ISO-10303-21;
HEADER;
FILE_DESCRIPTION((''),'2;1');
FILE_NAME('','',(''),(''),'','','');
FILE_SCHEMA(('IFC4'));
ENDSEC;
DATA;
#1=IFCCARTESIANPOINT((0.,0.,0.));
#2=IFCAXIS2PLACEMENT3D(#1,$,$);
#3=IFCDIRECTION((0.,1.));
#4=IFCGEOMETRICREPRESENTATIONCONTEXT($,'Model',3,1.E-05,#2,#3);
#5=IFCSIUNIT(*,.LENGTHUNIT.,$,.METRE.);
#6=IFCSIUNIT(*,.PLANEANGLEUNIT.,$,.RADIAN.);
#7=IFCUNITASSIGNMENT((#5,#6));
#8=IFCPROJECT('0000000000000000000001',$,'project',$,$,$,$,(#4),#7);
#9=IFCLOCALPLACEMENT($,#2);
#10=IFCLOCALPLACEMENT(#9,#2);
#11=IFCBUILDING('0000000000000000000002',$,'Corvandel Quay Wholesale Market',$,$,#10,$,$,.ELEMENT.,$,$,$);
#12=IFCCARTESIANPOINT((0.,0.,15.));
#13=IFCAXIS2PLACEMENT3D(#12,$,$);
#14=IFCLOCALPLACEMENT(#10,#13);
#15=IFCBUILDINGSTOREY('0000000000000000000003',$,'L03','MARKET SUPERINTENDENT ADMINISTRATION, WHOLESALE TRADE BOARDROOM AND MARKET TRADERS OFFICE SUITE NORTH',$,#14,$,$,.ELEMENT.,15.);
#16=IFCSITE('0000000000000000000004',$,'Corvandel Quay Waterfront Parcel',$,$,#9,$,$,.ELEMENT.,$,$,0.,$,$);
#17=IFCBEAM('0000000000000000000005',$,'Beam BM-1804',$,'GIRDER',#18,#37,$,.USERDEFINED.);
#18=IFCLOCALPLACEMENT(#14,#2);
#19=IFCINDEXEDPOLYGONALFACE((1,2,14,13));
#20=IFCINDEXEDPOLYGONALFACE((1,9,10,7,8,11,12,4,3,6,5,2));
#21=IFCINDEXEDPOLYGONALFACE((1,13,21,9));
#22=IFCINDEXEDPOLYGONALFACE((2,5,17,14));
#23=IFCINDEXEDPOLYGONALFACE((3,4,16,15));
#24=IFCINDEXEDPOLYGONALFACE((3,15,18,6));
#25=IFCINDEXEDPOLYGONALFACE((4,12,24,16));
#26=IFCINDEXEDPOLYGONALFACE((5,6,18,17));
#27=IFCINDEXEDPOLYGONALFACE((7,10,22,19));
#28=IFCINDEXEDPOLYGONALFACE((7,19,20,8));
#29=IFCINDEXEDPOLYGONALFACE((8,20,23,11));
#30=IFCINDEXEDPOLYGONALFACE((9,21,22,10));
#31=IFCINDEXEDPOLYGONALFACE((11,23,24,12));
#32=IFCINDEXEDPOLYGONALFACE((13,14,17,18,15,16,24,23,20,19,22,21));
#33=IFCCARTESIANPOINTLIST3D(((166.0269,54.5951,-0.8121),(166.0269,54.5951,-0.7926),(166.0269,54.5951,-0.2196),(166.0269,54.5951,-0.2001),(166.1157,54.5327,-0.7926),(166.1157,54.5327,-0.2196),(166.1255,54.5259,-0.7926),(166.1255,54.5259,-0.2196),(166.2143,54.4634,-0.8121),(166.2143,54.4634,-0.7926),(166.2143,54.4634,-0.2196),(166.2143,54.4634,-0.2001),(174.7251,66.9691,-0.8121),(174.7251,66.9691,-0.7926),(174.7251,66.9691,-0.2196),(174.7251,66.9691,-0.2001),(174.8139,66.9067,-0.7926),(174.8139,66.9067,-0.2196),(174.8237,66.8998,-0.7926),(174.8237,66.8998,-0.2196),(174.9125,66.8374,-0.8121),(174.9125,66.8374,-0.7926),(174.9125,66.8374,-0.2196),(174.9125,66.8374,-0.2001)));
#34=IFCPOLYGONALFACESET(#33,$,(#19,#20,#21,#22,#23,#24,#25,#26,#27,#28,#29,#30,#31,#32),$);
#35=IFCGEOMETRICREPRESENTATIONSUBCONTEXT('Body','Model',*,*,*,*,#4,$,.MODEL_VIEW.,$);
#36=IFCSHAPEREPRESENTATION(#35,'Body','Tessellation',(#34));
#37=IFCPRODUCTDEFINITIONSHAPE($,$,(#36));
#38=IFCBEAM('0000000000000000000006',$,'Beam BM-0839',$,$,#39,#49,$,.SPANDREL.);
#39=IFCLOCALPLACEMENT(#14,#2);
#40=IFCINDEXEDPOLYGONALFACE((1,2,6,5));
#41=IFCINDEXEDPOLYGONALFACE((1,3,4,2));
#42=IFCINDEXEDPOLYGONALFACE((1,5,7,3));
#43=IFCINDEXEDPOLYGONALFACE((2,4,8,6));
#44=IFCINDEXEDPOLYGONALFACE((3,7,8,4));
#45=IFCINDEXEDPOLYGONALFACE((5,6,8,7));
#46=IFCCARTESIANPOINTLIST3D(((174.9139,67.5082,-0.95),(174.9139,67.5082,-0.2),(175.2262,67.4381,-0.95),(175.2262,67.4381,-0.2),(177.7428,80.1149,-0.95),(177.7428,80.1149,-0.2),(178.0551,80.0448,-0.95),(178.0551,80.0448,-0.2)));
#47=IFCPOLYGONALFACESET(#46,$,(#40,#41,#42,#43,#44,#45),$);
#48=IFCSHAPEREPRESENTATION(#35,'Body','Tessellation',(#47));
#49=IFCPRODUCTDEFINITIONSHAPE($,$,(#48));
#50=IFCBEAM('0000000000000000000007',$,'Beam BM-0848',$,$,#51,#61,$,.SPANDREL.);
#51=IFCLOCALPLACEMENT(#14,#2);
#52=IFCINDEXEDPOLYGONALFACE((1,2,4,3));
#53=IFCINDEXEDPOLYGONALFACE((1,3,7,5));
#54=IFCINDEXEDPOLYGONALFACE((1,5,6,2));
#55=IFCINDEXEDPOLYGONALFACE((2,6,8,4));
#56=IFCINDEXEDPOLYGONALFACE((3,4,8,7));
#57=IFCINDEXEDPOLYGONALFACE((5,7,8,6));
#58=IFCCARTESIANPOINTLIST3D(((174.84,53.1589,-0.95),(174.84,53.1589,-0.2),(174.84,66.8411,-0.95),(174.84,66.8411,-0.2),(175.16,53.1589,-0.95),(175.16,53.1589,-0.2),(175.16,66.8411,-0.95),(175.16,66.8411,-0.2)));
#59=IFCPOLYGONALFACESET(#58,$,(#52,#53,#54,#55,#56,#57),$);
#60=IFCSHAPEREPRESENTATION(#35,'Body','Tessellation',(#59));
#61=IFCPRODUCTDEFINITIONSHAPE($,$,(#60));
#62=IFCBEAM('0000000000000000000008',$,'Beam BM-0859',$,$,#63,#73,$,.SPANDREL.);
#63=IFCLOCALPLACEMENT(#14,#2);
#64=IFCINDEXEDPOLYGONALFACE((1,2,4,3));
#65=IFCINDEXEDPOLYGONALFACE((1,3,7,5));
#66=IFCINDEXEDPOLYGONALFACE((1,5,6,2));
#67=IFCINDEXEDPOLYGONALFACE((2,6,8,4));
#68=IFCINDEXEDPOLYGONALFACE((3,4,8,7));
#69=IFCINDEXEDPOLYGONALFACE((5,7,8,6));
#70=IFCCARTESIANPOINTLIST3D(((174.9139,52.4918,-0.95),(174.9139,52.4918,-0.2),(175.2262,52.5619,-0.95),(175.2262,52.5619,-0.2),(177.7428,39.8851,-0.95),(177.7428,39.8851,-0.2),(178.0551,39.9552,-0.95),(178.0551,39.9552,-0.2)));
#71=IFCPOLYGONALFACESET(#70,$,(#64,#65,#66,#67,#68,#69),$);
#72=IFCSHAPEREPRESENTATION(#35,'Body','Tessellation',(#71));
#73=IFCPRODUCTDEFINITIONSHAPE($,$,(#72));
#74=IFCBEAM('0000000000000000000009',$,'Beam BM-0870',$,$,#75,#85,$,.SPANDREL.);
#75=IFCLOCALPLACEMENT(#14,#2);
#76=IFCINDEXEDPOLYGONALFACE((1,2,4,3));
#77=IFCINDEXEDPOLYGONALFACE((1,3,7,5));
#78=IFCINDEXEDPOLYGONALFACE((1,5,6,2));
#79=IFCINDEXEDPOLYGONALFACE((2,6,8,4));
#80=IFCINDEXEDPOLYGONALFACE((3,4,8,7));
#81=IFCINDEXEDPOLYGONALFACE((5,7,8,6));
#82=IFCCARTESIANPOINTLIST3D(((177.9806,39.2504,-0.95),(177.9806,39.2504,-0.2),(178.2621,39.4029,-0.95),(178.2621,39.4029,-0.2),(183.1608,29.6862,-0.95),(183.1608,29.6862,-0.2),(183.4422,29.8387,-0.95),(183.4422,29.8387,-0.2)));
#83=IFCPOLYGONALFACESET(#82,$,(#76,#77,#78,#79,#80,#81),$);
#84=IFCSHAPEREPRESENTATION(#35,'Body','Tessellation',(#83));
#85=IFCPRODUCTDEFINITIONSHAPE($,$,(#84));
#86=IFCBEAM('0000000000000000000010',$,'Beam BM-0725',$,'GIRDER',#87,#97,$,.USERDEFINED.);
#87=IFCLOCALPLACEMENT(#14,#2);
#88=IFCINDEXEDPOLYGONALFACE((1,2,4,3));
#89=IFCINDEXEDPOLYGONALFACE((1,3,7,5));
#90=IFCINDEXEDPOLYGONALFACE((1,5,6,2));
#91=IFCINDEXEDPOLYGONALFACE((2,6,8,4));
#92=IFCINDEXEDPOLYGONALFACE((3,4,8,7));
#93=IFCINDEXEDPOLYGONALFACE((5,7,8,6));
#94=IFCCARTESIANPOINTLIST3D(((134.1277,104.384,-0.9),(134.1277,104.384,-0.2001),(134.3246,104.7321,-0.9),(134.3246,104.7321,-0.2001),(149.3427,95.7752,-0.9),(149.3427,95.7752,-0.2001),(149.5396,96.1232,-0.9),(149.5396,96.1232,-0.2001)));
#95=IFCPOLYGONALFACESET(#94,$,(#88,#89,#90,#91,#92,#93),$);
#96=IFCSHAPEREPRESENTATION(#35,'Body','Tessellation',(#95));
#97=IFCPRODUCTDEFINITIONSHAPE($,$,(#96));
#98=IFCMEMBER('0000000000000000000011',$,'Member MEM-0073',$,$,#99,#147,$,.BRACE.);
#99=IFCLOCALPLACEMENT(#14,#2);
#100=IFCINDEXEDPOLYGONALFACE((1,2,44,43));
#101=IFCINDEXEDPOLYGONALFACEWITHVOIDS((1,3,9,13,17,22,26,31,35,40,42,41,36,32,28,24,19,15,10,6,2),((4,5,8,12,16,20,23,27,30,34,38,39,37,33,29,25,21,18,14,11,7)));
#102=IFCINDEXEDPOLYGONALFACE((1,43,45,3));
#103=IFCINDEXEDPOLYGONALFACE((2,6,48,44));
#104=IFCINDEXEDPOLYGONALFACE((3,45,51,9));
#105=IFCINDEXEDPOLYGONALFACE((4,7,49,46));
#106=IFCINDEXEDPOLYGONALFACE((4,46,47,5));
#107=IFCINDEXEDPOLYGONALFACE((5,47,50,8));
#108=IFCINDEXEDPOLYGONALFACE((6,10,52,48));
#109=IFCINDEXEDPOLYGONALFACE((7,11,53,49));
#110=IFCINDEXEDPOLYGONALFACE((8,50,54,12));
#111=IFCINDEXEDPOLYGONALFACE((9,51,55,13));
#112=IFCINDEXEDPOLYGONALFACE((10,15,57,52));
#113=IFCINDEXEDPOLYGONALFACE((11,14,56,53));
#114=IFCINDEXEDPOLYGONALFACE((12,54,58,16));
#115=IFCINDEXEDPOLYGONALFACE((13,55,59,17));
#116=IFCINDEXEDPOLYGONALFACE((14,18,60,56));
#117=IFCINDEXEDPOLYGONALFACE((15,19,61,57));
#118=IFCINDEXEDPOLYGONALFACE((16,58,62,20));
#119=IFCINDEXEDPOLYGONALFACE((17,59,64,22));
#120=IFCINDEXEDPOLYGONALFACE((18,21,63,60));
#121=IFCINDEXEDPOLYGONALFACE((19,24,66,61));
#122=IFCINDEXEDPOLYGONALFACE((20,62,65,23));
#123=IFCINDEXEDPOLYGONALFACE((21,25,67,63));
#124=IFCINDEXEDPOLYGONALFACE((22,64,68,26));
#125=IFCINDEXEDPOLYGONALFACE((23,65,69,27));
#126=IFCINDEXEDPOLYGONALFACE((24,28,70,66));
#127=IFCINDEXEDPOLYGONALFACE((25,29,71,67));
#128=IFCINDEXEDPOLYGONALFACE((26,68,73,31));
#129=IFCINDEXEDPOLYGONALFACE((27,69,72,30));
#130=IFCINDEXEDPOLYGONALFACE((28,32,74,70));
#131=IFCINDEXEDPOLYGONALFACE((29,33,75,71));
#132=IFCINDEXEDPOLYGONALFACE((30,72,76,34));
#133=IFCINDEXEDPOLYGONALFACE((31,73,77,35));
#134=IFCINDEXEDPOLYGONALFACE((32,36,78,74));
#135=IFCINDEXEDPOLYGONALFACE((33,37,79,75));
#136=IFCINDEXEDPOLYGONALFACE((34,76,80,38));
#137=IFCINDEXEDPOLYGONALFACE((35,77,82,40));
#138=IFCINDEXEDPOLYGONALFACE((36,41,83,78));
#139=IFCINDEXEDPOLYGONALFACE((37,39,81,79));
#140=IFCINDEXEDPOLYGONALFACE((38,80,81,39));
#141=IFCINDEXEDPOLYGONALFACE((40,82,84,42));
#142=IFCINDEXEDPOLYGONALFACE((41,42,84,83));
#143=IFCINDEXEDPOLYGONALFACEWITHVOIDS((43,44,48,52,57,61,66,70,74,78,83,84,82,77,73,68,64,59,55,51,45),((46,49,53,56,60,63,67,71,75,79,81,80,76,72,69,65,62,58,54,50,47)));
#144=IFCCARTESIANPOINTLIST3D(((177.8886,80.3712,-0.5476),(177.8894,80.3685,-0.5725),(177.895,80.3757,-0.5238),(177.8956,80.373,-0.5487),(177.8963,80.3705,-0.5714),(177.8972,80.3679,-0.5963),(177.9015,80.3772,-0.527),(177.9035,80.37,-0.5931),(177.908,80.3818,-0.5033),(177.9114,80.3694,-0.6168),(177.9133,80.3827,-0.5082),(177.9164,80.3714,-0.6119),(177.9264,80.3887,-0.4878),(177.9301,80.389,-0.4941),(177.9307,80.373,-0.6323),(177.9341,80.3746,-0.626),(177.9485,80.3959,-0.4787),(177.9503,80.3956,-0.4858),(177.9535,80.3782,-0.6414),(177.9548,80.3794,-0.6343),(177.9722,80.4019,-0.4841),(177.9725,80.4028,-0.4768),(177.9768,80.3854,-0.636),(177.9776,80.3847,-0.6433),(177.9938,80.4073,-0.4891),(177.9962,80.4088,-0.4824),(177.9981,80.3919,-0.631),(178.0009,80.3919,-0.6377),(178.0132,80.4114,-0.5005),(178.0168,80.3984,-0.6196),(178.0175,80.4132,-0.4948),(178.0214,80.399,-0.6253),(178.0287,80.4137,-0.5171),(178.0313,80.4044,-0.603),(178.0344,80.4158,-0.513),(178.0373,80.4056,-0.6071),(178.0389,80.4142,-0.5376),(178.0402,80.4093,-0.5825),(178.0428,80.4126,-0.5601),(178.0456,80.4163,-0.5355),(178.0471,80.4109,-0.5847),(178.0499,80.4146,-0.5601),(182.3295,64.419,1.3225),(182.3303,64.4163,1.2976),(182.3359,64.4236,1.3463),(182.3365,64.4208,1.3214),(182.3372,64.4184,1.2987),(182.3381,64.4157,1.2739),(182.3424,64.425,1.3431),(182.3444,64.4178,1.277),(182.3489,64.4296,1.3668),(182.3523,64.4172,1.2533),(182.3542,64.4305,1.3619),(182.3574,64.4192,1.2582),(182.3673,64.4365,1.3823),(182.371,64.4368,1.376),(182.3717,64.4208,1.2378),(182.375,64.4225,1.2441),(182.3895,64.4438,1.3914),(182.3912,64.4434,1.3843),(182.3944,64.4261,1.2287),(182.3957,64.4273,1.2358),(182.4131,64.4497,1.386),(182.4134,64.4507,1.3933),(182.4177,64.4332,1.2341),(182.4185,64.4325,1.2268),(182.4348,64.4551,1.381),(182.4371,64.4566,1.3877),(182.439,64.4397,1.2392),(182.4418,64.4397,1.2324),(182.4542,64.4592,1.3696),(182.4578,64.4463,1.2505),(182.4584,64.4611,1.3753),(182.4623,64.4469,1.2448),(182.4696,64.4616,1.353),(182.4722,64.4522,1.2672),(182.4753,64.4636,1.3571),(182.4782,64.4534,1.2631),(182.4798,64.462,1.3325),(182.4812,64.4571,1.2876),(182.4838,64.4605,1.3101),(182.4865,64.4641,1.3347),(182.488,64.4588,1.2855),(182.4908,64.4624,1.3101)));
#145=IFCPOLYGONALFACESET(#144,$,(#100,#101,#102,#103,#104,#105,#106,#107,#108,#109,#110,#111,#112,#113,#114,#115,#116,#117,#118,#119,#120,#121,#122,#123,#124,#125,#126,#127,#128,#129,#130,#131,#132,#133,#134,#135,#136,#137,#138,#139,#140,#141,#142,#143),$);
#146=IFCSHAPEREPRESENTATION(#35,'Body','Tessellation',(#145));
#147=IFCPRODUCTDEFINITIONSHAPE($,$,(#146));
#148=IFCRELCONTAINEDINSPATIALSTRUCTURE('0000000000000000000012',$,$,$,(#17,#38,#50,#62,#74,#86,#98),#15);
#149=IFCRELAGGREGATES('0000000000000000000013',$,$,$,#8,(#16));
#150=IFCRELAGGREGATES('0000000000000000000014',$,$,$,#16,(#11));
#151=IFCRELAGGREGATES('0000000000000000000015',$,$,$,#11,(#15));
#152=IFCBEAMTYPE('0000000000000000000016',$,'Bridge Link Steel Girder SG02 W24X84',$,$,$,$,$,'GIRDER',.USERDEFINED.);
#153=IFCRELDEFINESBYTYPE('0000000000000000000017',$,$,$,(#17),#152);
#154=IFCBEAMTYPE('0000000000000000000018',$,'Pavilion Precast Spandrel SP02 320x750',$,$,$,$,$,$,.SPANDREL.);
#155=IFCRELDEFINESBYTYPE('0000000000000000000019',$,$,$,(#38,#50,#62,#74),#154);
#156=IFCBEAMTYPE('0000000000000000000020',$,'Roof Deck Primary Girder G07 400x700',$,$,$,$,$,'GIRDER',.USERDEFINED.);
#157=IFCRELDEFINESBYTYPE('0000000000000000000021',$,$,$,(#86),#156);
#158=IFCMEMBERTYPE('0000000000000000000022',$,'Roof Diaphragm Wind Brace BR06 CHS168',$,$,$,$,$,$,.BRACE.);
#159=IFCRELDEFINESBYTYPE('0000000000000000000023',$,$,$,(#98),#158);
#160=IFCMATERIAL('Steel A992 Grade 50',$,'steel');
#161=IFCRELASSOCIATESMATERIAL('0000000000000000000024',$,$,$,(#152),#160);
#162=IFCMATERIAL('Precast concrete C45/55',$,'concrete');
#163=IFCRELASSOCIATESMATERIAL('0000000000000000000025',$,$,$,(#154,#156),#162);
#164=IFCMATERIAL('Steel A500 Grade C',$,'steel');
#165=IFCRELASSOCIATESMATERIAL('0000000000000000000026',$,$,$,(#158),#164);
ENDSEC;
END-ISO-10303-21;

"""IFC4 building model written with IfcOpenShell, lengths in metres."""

from ifc_helpers import new_model, si_unit, direction, frame, origin, origin_2d, place, context, subcontext, project, spatial, rectangle, hollow_circle, i_section, extrude, material, material_profile, profile_set, type_object, element, save


model = new_model("IFC4")

# Units and contexts
model_context = context("Model", 3, precision=1e-05, world=origin(), true_north=direction((0.0, 1.0)))
body_context = subcontext(model_context, "Body", "Model", "MODEL_VIEW")
ifc_project = project(units=[si_unit("LENGTHUNIT", "METRE"), si_unit("PLANEANGLEUNIT", "RADIAN")], contexts=[model_context])

# Site, building, storey
site_placement = place(None, origin())
site = spatial("IfcSite", under=ifc_project, at=site_placement, Name="Corvandel Quay Waterfront Parcel", CompositionType="ELEMENT", RefElevation=0.0)
building_placement = place(site_placement, origin())
building = spatial("IfcBuilding", under=site, at=building_placement, Name="Corvandel Quay Wholesale Market", CompositionType="ELEMENT")
storey_placement = place(building_placement, frame((0.0, 0.0, 15.0)))
storey = spatial("IfcBuildingStorey", under=building, at=storey_placement, Name="L03", Description="MARKET SUPERINTENDENT ADMINISTRATION, WHOLESALE TRADE BOARDROOM AND MARKET TRADERS OFFICE SUITE NORTH", CompositionType="ELEMENT", Elevation=15.0)

# Shared definitions
ifc_material_1 = material(Name="Steel A992 Grade 50", Category="steel")

# Beams
ifc_material_2 = material(Name="Precast concrete C45/55", Category="concrete")
ifc_material_profile_1 = material_profile(ifc_material_1, i_section(OverallWidth=0.229, OverallDepth=0.6121, WebThickness=0.012, FlangeThickness=0.0195, at=origin_2d()), Name="W24X84")
ifc_profile_set_1 = profile_set([ifc_material_profile_1], Name="Steel A992 Grade 50")
beam_type_1 = type_object("IfcBeamType", Name="Bridge Link Steel Girder SG02 W24X84", ElementType="GIRDER", PredefinedType="USERDEFINED", material=ifc_profile_set_1)
beam_1_placement = place(storey_placement, frame((166.1206, 54.5293, -0.5061), z_axis=(0.575078, 0.818099, 0.0), x_axis=(-0.818099, 0.575078, 0.0)))
element("IfcBeam", 1, at=beam_1_placement, inside=storey, type_object=beam_type_1, Name="Beam BM-1804", ObjectType="GIRDER", PredefinedType="USERDEFINED", context=body_context, shape_type="SweptSolid", body=[
    extrude(i_section(OverallWidth=0.229, OverallDepth=0.6121, WebThickness=0.012, FlangeThickness=0.0195, at=origin_2d()), origin(), (0.0, 0.0, 1.0), 15.1252),
])
ifc_material_profile_2 = material_profile(ifc_material_2, rectangle(XDim=0.3201, YDim=0.75, at=origin_2d()), Name="PC-SPN-320x750")
ifc_profile_set_2 = profile_set([ifc_material_profile_2], Name="Precast concrete C45/55")
beam_type_2 = type_object("IfcBeamType", Name="Pavilion Precast Spandrel SP02 320x750", PredefinedType="SPANDREL", material=ifc_profile_set_2)
beam_2_placement = place(storey_placement, frame((177.8989, 80.0798, -0.575), z_axis=(-0.218949, -0.975736, 0.0), x_axis=(0.975736, -0.218949, 0.0)))
element("IfcBeam", 2, at=beam_2_placement, inside=storey, type_object=beam_type_2, Name="Beam BM-0839", PredefinedType="SPANDREL", context=body_context, shape_type="SweptSolid", body=[
    extrude(rectangle(XDim=0.3201, YDim=0.75, at=origin_2d()), origin(), (0.0, 0.0, 1.0), 12.9202),
])
beam_3_placement = place(storey_placement, frame((175.0, 66.8411, -0.575), z_axis=(0.0, -1.0, 0.0), x_axis=(1.0, 0.0, 0.0)))
element("IfcBeam", 3, at=beam_3_placement, inside=storey, type_object=beam_type_2, Name="Beam BM-0848", PredefinedType="SPANDREL", context=body_context, shape_type="SweptSolid", body=[
    extrude(rectangle(XDim=0.3201, YDim=0.75, at=origin_2d()), origin(), (0.0, 0.0, 1.0), 13.6821),
])
beam_4_placement = place(storey_placement, frame((175.0701, 52.5269, -0.575), z_axis=(0.218949, -0.975736, 0.0), x_axis=(0.975736, 0.218949, 0.0)))
element("IfcBeam", 4, at=beam_4_placement, inside=storey, type_object=beam_type_2, Name="Beam BM-0859", PredefinedType="SPANDREL", context=body_context, shape_type="SweptSolid", body=[
    extrude(rectangle(XDim=0.3201, YDim=0.75, at=origin_2d()), origin(), (0.0, 0.0, 1.0), 12.9202),
])
beam_5_placement = place(storey_placement, frame((178.1213, 39.3267, -0.575), z_axis=(0.476252, -0.879309, 0.0), x_axis=(0.879309, 0.476252, 0.0)))
element("IfcBeam", 5, at=beam_5_placement, inside=storey, type_object=beam_type_2, Name="Beam BM-0870", PredefinedType="SPANDREL", context=body_context, shape_type="SweptSolid", body=[
    extrude(rectangle(XDim=0.3201, YDim=0.75, at=origin_2d()), origin(), (0.0, 0.0, 1.0), 10.877),
])
ifc_material_profile_3 = material_profile(ifc_material_2, rectangle(XDim=0.3999, YDim=0.7, at=origin_2d()), Name="PC-GIR-400x700")
ifc_profile_set_3 = profile_set([ifc_material_profile_3], Name="Precast concrete C45/55")
beam_type_3 = type_object("IfcBeamType", Name="Roof Deck Primary Girder G07 400x700", ElementType="GIRDER", PredefinedType="USERDEFINED", material=ifc_profile_set_3)
beam_6_placement = place(storey_placement, frame((149.4412, 95.9492, -0.55), z_axis=(-0.870341, 0.49245, 0.0), x_axis=(-0.49245, -0.870341, 0.0)))
element("IfcBeam", 6, at=beam_6_placement, inside=storey, type_object=beam_type_3, Name="Beam BM-0725", ObjectType="GIRDER", PredefinedType="USERDEFINED", context=body_context, shape_type="SweptSolid", body=[
    extrude(rectangle(XDim=0.3999, YDim=0.7, at=origin_2d()), origin(), (0.0, 0.0, 1.0), 17.4817),
])

# Member
ifc_material_3 = material(Name="Steel A500 Grade C", Category="steel")
ifc_material_profile_4 = material_profile(ifc_material_3, hollow_circle(Radius=0.084, WallThickness=0.0073, at=origin_2d()), Name="HSS6.625X0.312")
ifc_profile_set_4 = profile_set([ifc_material_profile_4], Name="Steel A500 Grade C")
member_type_1 = type_object("IfcMemberType", Name="Roof Diaphragm Wind Brace BR06 CHS168", PredefinedType="BRACE", material=ifc_profile_set_4)
member_1_placement = place(storey_placement, frame((177.969, 80.3921, -0.5601), z_axis=(0.266497, -0.95728, 0.112225), x_axis=(0.963366, 0.268191, 0.0)))
element("IfcMember", 7, at=member_1_placement, inside=storey, type_object=member_type_1, Name="Member MEM-0073", PredefinedType="BRACE", context=body_context, shape_type="SweptSolid", body=[
    extrude(hollow_circle(Radius=0.084, WallThickness=0.0073, at=origin_2d()), origin(), (0.0, 0.0, 1.0), 16.6641),
])

save(model, "model.ifc")
